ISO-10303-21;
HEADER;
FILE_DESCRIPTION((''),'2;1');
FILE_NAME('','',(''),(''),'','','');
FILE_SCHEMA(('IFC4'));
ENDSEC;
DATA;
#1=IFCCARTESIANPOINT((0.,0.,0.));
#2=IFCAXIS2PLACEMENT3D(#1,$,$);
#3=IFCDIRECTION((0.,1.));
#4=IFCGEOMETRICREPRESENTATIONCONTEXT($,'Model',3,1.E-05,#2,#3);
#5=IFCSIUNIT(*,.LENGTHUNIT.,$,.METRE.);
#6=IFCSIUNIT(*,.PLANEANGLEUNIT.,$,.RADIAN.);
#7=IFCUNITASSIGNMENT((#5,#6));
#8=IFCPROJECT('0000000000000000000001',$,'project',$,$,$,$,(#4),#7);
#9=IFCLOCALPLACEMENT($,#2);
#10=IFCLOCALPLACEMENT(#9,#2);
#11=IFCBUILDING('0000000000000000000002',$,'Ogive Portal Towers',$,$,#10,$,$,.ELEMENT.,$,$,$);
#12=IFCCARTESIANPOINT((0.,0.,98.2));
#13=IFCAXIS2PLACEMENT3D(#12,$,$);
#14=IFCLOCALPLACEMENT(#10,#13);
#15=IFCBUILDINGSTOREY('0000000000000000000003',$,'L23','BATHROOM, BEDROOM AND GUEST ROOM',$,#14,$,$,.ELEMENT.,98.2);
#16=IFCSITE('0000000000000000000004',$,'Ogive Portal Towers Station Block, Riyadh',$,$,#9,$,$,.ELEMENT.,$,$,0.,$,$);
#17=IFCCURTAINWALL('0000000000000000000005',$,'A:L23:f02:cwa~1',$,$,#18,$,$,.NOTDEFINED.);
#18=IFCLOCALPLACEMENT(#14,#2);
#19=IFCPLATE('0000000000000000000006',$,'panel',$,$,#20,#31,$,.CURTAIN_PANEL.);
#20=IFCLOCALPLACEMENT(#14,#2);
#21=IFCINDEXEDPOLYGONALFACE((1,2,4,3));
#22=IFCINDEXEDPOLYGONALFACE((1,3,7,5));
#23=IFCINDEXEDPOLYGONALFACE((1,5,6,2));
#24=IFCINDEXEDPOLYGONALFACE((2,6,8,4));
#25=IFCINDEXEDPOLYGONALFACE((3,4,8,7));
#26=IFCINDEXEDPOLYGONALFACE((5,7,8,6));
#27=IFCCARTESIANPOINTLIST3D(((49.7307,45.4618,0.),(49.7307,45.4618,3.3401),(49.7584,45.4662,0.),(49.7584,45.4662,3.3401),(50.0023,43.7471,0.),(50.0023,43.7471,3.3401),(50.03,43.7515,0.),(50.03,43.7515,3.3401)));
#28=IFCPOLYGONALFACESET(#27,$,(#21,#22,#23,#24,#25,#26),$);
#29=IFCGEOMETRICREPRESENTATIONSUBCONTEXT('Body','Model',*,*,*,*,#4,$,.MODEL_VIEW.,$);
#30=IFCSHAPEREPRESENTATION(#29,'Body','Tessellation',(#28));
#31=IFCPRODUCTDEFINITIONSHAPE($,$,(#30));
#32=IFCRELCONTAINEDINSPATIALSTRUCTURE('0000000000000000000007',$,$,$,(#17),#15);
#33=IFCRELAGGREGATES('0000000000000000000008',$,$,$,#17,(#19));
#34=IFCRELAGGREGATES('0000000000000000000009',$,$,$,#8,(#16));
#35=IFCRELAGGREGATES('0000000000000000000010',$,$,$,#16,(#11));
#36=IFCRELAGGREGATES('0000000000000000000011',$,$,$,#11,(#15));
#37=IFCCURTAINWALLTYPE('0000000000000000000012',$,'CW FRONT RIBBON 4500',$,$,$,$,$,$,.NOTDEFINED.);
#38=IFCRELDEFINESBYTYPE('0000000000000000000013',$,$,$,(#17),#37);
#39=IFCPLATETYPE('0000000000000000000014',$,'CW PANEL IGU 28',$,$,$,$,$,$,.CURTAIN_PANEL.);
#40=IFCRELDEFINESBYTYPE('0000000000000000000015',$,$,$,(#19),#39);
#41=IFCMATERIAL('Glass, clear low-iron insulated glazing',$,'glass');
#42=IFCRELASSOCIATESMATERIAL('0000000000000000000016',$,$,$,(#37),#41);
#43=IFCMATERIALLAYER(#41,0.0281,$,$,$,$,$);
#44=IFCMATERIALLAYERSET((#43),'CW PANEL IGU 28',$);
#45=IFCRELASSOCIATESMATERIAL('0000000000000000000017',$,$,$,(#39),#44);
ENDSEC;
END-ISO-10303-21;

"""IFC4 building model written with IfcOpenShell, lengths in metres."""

from ifc_helpers import new_model, si_unit, direction, frame, origin, origin_2d, place, context, subcontext, project, spatial, rectangle, extrude, material, layer, layer_set, type_object, element, aggregate, save


model = new_model("IFC4")

# Units and contexts
model_context = context("Model", 3, precision=1e-05, world=origin(), true_north=direction((0.0, 1.0)))
body_context = subcontext(model_context, "Body", "Model", "MODEL_VIEW")
ifc_project = project(units=[si_unit("LENGTHUNIT", "METRE"), si_unit("PLANEANGLEUNIT", "RADIAN")], contexts=[model_context])

# Site, building, storey
site_placement = place(None, origin())
site = spatial("IfcSite", under=ifc_project, at=site_placement, Name="Ogive Portal Towers Station Block, Riyadh", CompositionType="ELEMENT", RefElevation=0.0)
building_placement = place(site_placement, origin())
building = spatial("IfcBuilding", under=site, at=building_placement, Name="Ogive Portal Towers", CompositionType="ELEMENT")
storey_placement = place(building_placement, frame((0.0, 0.0, 98.2)))
storey = spatial("IfcBuildingStorey", under=building, at=storey_placement, Name="L23", Description="BATHROOM, BEDROOM AND GUEST ROOM", CompositionType="ELEMENT", Elevation=98.2)

# Shared definitions
ifc_material_1 = material(Name="Glass, clear low-iron insulated glazing", Category="glass")
curtain_wall_type = type_object("IfcCurtainWallType", Name="CW FRONT RIBBON 4500", PredefinedType="NOTDEFINED", material=ifc_material_1)

# Curtain wall
curtain_wall_1_placement = place(storey_placement, origin())
curtain_wall_1 = element("IfcCurtainWall", 1, at=curtain_wall_1_placement, inside=storey, type_object=curtain_wall_type, Name="A:L23:f02:cwa~1", PredefinedType="NOTDEFINED")

# Plate
ifc_layer = layer(ifc_material_1, 0.0281)
ifc_layer_set = layer_set([ifc_layer], Name="CW PANEL IGU 28")
plate_type = type_object("IfcPlateType", Name="CW PANEL IGU 28", PredefinedType="CURTAIN_PANEL", material=ifc_layer_set)
plate_1_placement = place(storey_placement, frame((49.8804, 44.6067, 0.0), z_axis=(0.0, 0.0, 1.0), x_axis=(-0.156434, 0.987688, 0.0)))
plate_1 = element("IfcPlate", 2, at=plate_1_placement, type_object=plate_type, Name="panel", PredefinedType="CURTAIN_PANEL", context=body_context, shape_type="SweptSolid", body=[
    extrude(rectangle(XDim=1.7361, YDim=0.0281, at=origin_2d()), origin(), (0.0, 0.0, 1.0), 3.3401),
])
aggregate(curtain_wall_1, [plate_1])

save(model, "model.ifc")
